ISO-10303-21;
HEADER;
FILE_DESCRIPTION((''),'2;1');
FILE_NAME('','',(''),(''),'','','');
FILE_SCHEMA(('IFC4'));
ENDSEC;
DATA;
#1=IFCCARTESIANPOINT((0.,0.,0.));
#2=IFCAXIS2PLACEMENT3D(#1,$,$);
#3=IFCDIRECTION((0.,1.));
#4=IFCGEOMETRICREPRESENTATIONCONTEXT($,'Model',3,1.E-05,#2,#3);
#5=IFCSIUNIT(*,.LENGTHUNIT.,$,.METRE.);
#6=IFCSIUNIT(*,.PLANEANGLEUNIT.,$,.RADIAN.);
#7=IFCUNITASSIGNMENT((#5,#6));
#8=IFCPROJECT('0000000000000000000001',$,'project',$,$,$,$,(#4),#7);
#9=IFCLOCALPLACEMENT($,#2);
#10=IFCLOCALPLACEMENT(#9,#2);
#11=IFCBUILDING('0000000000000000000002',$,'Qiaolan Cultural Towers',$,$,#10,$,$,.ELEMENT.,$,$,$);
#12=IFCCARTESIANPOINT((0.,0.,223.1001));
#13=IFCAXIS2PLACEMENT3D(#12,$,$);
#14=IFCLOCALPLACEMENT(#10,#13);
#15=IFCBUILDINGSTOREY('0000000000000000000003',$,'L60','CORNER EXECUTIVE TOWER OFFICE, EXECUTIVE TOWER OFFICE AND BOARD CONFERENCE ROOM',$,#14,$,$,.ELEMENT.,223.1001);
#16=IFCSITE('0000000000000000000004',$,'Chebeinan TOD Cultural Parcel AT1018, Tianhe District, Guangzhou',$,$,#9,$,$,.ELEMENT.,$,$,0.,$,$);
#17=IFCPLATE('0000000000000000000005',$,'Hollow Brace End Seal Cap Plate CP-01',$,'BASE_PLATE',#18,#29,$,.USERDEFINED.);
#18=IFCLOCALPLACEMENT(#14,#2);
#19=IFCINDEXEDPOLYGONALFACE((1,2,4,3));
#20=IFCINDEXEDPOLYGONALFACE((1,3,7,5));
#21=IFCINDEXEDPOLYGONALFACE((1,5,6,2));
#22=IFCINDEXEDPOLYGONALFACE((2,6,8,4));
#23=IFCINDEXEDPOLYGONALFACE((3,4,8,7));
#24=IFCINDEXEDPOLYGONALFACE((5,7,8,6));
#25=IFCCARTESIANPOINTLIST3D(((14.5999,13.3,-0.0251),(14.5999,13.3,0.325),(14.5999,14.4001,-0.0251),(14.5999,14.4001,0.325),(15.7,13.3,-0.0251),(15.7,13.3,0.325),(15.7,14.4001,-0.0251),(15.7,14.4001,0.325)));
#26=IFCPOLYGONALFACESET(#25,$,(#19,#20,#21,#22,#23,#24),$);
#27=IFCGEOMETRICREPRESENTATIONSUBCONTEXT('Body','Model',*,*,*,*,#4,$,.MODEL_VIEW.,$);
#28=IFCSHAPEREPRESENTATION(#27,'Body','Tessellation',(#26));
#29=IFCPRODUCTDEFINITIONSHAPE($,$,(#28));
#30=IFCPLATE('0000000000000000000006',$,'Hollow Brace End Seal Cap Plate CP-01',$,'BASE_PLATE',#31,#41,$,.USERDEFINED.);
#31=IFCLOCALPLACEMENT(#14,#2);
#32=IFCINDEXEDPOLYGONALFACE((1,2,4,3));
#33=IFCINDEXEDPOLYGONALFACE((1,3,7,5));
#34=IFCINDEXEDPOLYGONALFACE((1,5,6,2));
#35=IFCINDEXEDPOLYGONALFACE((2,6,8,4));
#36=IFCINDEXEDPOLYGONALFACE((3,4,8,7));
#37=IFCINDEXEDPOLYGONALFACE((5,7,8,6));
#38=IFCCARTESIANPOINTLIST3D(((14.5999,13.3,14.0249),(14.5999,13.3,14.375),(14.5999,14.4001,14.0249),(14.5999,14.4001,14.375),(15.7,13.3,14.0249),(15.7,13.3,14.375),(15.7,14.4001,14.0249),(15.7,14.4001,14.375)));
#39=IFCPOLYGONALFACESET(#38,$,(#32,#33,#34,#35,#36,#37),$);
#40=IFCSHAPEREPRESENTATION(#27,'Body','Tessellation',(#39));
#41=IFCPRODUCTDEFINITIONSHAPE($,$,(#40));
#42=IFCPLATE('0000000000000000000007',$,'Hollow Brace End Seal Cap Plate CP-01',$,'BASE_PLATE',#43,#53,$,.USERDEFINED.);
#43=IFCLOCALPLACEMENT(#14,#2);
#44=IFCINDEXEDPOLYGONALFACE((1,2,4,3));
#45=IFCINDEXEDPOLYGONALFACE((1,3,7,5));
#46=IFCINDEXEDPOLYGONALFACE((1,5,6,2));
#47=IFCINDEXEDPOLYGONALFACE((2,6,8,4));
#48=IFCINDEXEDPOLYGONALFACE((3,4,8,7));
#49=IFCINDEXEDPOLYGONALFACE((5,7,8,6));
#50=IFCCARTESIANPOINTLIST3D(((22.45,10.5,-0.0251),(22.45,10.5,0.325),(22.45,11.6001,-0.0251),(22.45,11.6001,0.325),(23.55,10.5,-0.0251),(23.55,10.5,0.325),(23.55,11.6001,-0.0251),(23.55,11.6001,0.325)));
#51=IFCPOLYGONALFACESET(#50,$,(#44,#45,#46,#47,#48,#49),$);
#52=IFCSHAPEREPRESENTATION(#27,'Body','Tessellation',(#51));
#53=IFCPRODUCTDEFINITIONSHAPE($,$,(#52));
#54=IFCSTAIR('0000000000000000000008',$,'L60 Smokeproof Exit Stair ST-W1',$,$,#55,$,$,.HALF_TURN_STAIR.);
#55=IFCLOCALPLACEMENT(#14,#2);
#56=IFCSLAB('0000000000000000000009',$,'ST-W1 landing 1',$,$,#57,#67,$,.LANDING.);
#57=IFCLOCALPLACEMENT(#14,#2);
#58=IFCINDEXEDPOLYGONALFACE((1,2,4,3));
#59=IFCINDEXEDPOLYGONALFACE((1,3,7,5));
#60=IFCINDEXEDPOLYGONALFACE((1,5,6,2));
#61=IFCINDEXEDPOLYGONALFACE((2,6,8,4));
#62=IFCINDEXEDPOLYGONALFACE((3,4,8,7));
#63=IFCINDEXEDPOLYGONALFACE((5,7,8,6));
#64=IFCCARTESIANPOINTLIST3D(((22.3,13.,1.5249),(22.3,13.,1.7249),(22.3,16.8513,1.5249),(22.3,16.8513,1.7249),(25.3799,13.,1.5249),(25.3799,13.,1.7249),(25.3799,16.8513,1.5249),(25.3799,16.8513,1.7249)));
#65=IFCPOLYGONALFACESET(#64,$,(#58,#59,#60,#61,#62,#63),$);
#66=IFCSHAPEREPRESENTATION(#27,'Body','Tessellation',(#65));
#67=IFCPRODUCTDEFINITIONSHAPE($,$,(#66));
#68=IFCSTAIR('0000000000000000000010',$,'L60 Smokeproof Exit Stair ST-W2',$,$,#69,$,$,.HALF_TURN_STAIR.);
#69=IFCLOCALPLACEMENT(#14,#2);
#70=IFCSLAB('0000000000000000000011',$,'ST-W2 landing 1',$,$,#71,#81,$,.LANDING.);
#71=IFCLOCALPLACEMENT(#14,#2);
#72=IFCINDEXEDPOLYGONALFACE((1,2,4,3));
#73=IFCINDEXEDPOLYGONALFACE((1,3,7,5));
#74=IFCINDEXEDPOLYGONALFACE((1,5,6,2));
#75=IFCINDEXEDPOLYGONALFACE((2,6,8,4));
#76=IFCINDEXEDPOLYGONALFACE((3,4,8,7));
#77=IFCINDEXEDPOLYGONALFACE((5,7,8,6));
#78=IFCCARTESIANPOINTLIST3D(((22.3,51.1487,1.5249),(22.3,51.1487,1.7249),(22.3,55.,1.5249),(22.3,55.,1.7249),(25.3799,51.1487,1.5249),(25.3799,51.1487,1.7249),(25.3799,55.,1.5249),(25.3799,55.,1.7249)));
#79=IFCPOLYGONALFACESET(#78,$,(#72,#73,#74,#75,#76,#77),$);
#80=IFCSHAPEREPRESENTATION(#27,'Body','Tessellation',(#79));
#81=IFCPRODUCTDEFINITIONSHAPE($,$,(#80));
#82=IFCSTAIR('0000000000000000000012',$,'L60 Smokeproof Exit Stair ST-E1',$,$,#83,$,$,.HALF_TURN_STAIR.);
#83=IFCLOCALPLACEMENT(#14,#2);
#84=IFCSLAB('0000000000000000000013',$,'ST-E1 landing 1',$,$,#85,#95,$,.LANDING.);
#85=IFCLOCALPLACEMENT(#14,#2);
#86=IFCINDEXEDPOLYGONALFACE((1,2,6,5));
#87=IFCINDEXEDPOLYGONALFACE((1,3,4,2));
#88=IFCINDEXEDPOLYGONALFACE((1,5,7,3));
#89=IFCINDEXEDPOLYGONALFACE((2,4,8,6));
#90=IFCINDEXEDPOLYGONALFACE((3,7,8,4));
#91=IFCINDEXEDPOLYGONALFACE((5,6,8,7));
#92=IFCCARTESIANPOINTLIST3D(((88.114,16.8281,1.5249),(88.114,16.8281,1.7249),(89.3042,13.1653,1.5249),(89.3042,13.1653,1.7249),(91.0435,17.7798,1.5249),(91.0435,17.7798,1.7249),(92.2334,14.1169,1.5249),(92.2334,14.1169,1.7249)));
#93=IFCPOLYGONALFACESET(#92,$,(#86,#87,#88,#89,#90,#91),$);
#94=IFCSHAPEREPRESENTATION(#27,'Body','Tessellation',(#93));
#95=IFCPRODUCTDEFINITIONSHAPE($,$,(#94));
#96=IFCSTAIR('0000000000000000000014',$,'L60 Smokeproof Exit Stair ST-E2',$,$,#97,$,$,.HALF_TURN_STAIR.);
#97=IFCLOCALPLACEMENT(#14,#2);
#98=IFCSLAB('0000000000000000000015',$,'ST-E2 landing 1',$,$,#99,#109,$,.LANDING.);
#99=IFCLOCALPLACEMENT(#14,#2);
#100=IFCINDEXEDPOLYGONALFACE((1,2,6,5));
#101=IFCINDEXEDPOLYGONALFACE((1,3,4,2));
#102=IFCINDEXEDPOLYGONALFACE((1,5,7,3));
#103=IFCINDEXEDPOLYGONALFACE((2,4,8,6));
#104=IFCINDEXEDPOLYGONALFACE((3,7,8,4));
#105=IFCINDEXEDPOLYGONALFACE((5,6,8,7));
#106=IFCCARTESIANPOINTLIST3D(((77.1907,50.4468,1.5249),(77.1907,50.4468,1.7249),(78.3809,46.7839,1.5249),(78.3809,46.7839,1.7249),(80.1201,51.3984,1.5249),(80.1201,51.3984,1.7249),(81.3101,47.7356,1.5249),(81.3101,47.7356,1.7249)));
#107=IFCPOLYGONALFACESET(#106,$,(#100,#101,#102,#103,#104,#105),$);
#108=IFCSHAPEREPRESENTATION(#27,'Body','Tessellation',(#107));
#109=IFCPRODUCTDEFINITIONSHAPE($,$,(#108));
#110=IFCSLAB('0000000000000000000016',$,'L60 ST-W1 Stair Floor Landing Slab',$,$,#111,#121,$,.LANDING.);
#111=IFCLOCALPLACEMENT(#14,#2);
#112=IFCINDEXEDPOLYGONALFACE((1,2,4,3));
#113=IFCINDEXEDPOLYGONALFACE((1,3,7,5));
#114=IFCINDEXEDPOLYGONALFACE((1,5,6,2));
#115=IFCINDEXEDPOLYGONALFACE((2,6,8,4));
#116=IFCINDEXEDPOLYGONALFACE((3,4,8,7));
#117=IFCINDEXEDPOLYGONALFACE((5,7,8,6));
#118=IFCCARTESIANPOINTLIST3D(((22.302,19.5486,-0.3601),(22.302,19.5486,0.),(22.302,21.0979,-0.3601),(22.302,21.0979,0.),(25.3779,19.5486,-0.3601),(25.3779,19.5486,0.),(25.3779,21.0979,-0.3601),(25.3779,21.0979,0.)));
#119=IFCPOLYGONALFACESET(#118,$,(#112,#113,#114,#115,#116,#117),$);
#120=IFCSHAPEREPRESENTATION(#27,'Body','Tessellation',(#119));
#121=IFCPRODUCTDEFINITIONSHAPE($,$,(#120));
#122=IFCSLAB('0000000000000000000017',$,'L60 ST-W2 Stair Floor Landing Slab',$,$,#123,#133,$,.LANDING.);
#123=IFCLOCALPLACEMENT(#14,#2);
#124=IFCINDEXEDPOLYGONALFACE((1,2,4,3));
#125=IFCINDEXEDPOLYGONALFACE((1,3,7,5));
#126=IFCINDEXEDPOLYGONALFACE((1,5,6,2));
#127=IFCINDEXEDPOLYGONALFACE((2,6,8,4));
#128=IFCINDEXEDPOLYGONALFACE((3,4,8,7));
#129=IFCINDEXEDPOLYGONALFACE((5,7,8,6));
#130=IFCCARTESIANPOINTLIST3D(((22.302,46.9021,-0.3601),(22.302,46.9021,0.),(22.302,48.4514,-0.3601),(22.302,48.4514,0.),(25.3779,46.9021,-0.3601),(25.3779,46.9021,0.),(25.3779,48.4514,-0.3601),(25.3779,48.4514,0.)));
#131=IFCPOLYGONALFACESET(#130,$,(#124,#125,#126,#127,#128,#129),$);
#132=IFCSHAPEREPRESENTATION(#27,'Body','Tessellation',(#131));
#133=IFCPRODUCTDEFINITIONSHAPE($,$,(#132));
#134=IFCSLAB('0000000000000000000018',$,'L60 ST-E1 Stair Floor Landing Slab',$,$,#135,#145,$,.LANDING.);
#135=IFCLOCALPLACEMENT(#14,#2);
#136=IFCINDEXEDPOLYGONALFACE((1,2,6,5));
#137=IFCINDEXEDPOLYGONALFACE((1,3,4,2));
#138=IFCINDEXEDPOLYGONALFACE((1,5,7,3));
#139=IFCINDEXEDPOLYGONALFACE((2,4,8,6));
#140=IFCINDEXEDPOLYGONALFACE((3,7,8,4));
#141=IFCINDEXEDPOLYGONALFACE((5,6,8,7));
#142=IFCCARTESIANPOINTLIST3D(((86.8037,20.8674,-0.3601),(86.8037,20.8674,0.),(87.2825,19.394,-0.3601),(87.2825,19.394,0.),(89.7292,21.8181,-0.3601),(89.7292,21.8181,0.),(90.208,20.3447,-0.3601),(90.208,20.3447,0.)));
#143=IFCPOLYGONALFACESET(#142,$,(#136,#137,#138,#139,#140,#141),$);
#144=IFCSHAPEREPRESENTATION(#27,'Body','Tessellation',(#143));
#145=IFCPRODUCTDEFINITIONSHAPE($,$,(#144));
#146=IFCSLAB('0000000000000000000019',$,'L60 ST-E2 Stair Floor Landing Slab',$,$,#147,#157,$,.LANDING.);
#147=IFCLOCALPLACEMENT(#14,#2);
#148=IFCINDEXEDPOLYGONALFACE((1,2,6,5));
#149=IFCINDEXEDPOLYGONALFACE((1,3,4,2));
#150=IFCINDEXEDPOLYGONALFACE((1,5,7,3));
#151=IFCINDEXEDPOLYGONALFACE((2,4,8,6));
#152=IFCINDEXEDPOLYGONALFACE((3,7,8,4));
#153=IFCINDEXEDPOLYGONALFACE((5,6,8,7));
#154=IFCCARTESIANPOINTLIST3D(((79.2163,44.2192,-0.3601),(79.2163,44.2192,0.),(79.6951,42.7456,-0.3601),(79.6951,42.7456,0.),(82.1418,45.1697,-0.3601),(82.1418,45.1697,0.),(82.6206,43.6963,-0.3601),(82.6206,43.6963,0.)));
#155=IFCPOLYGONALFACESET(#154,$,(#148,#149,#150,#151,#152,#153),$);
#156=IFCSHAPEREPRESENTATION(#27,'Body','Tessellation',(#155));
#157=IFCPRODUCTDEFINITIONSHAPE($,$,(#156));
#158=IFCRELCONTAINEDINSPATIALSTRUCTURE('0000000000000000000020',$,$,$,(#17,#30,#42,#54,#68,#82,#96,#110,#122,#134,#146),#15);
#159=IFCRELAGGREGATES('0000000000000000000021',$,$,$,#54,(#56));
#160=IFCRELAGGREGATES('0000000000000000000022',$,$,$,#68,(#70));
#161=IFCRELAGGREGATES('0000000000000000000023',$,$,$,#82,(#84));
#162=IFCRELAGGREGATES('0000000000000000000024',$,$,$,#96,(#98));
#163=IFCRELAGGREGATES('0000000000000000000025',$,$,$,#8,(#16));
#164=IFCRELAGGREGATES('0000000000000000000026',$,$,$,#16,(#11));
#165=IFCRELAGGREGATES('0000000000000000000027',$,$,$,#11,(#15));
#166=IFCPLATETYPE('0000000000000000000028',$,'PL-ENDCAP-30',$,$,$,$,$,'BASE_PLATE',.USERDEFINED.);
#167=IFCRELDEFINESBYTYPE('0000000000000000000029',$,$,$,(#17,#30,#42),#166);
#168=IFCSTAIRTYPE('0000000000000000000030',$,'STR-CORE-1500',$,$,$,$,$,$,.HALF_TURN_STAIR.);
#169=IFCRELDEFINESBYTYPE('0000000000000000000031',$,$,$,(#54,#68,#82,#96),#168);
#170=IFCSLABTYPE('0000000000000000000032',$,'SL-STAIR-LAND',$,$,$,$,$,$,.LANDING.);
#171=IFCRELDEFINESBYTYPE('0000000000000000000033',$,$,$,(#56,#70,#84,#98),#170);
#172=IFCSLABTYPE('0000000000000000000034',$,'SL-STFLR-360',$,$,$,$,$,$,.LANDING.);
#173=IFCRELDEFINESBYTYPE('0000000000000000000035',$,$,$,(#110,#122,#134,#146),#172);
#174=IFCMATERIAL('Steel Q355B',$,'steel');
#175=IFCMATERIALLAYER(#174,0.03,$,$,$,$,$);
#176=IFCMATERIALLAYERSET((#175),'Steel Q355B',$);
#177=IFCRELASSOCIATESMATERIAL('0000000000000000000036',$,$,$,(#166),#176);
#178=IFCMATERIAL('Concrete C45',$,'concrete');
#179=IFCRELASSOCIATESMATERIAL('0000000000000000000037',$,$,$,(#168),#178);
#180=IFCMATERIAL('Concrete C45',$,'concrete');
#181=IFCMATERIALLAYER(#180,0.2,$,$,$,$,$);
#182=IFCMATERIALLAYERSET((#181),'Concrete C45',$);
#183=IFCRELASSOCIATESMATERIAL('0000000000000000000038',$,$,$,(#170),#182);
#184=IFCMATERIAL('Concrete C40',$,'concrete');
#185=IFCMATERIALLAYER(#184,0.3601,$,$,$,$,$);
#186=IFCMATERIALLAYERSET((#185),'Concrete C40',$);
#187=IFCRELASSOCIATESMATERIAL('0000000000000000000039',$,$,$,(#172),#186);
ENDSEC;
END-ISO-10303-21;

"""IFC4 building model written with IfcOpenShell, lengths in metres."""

from ifc_helpers import new_model, si_unit, direction, frame, origin, origin_2d, place, context, subcontext, project, spatial, polyline, rectangle, outline, extrude, material, layer, layer_set, type_object, element, aggregate, save


model = new_model("IFC4")

# Units and contexts
model_context = context("Model", 3, precision=1e-05, world=origin(), true_north=direction((0.0, 1.0)))
body_context = subcontext(model_context, "Body", "Model", "MODEL_VIEW")
ifc_project = project(units=[si_unit("LENGTHUNIT", "METRE"), si_unit("PLANEANGLEUNIT", "RADIAN")], contexts=[model_context])

# Site, building, storey
site_placement = place(None, origin())
site = spatial("IfcSite", under=ifc_project, at=site_placement, Name="Chebeinan TOD Cultural Parcel AT1018, Tianhe District, Guangzhou", CompositionType="ELEMENT", RefElevation=0.0)
building_placement = place(site_placement, origin())
building = spatial("IfcBuilding", under=site, at=building_placement, Name="Qiaolan Cultural Towers", CompositionType="ELEMENT")
storey_placement = place(building_placement, frame((0.0, 0.0, 223.1001)))
storey = spatial("IfcBuildingStorey", under=building, at=storey_placement, Name="L60", Description="CORNER EXECUTIVE TOWER OFFICE, EXECUTIVE TOWER OFFICE AND BOARD CONFERENCE ROOM", CompositionType="ELEMENT", Elevation=223.1001)

# Plates
ifc_material_1 = material(Name="Steel Q355B", Category="steel")
ifc_layer_1 = layer(ifc_material_1, 0.03)
ifc_layer_set_1 = layer_set([ifc_layer_1], Name="Steel Q355B")
plate_type = type_object("IfcPlateType", Name="PL-ENDCAP-30", ElementType="BASE_PLATE", PredefinedType="USERDEFINED", material=ifc_layer_set_1)
for number, where, z_axis, x_axis, name in (
    (1, (15.1499, 13.8501, -0.0251), (0.0, 0.0, 1.0), (0.0, 1.0, 0.0), "Hollow Brace End Seal Cap Plate CP-01"),
    (2, (15.1499, 13.8501, 14.0249), (0.0, 0.0, 1.0), (0.0, 1.0, 0.0), "Hollow Brace End Seal Cap Plate CP-01"),
    (3, (23.0, 11.05, -0.0251), (0.0, 0.0, 1.0), (1.0, 0.0, 0.0), "Hollow Brace End Seal Cap Plate CP-01"),
):
    element("IfcPlate", number, at=place(storey_placement, frame(where, z_axis=z_axis, x_axis=x_axis)), inside=storey, type_object=plate_type, Name=name, ObjectType="BASE_PLATE", PredefinedType="USERDEFINED", context=body_context, shape_type="SweptSolid", body=[
        extrude(rectangle(XDim=1.1001, YDim=1.1001, at=origin_2d()), origin(), (0.0, 0.0, 1.0), 0.3501),
    ])

# Stairs, slabs
ifc_material_2 = material(Name="Concrete C45", Category="concrete")
stair_type = type_object("IfcStairType", Name="STR-CORE-1500", PredefinedType="HALF_TURN_STAIR", material=ifc_material_2)
stair_1_placement = place(storey_placement, origin())
stair_1 = element("IfcStair", 4, at=stair_1_placement, inside=storey, type_object=stair_type, Name="L60 Smokeproof Exit Stair ST-W1", PredefinedType="HALF_TURN_STAIR")
ifc_material_3 = material(Name="Concrete C45", Category="concrete")
ifc_layer_2 = layer(ifc_material_3, 0.2)
ifc_layer_set_2 = layer_set([ifc_layer_2], Name="Concrete C45")
slab_type_1 = type_object("IfcSlabType", Name="SL-STAIR-LAND", PredefinedType="LANDING", material=ifc_layer_set_2)
slab_1_placement = place(storey_placement, frame((0.0, 0.0, 1.5249)))
slab_1 = element("IfcSlab", 5, at=slab_1_placement, type_object=slab_type_1, Name="ST-W1 landing 1", PredefinedType="LANDING", context=body_context, shape_type="SweptSolid", body=[
    extrude(outline(polyline([(22.3, 16.8513), (22.3, 13.0), (25.3799, 13.0), (25.3799, 16.8513), (22.3, 16.8513)])), origin(), (0.0, 0.0, 1.0), 0.2),
])
aggregate(stair_1, [slab_1])
stair_2_placement = place(storey_placement, origin())
stair_2 = element("IfcStair", 6, at=stair_2_placement, inside=storey, type_object=stair_type, Name="L60 Smokeproof Exit Stair ST-W2", PredefinedType="HALF_TURN_STAIR")
slab_2_placement = place(storey_placement, frame((0.0, 0.0, 1.5249)))
slab_2 = element("IfcSlab", 7, at=slab_2_placement, type_object=slab_type_1, Name="ST-W2 landing 1", PredefinedType="LANDING", context=body_context, shape_type="SweptSolid", body=[
    extrude(outline(polyline([(25.3799, 51.1487), (25.3799, 55.0), (22.3, 55.0), (22.3, 51.1487), (25.3799, 51.1487)])), origin(), (0.0, 0.0, 1.0), 0.2),
])
aggregate(stair_2, [slab_2])
stair_3_placement = place(storey_placement, origin())
stair_3 = element("IfcStair", 8, at=stair_3_placement, inside=storey, type_object=stair_type, Name="L60 Smokeproof Exit Stair ST-E1", PredefinedType="HALF_TURN_STAIR")
slab_3_placement = place(storey_placement, frame((0.0, 0.0, 1.5249)))
slab_3 = element("IfcSlab", 9, at=slab_3_placement, type_object=slab_type_1, Name="ST-E1 landing 1", PredefinedType="LANDING", context=body_context, shape_type="SweptSolid", body=[
    extrude(outline(polyline([(88.114, 16.8281), (89.3042, 13.1653), (92.2334, 14.1169), (91.0435, 17.7798), (88.114, 16.8281)])), origin(), (0.0, 0.0, 1.0), 0.2),
])
aggregate(stair_3, [slab_3])
stair_4_placement = place(storey_placement, origin())
stair_4 = element("IfcStair", 10, at=stair_4_placement, inside=storey, type_object=stair_type, Name="L60 Smokeproof Exit Stair ST-E2", PredefinedType="HALF_TURN_STAIR")
slab_4_placement = place(storey_placement, frame((0.0, 0.0, 1.5249)))
slab_4 = element("IfcSlab", 11, at=slab_4_placement, type_object=slab_type_1, Name="ST-E2 landing 1", PredefinedType="LANDING", context=body_context, shape_type="SweptSolid", body=[
    extrude(outline(polyline([(81.3101, 47.7356), (80.1201, 51.3984), (77.1907, 50.4468), (78.3809, 46.7839), (81.3101, 47.7356)])), origin(), (0.0, 0.0, 1.0), 0.2),
])
aggregate(stair_4, [slab_4])

# Slabs
ifc_material_4 = material(Name="Concrete C40", Category="concrete")
ifc_layer_3 = layer(ifc_material_4, 0.3601)
ifc_layer_set_3 = layer_set([ifc_layer_3], Name="Concrete C40")
slab_type_2 = type_object("IfcSlabType", Name="SL-STFLR-360", PredefinedType="LANDING", material=ifc_layer_set_3)
slab_5_placement = place(storey_placement, frame((0.0, 0.0, -0.3601)))
element("IfcSlab", 12, at=slab_5_placement, inside=storey, type_object=slab_type_2, Name="L60 ST-W1 Stair Floor Landing Slab", PredefinedType="LANDING", context=body_context, shape_type="SweptSolid", body=[
    extrude(outline(polyline([(22.302, 21.0979), (22.302, 19.5486), (25.3779, 19.5486), (25.3779, 21.0979), (22.302, 21.0979)])), origin(), (0.0, 0.0, 1.0), 0.3601),
])
slab_6_placement = place(storey_placement, frame((0.0, 0.0, -0.3601)))
element("IfcSlab", 13, at=slab_6_placement, inside=storey, type_object=slab_type_2, Name="L60 ST-W2 Stair Floor Landing Slab", PredefinedType="LANDING", context=body_context, shape_type="SweptSolid", body=[
    extrude(outline(polyline([(25.3779, 46.9021), (25.3779, 48.4514), (22.302, 48.4514), (22.302, 46.9021), (25.3779, 46.9021)])), origin(), (0.0, 0.0, 1.0), 0.3601),
])
slab_7_placement = place(storey_placement, frame((0.0, 0.0, -0.3601)))
element("IfcSlab", 14, at=slab_7_placement, inside=storey, type_object=slab_type_2, Name="L60 ST-E1 Stair Floor Landing Slab", PredefinedType="LANDING", context=body_context, shape_type="SweptSolid", body=[
    extrude(outline(polyline([(86.8037, 20.8674), (87.2825, 19.394), (90.208, 20.3447), (89.7292, 21.8181), (86.8037, 20.8674)])), origin(), (0.0, 0.0, 1.0), 0.3601),
])
slab_8_placement = place(storey_placement, frame((0.0, 0.0, -0.3601)))
element("IfcSlab", 15, at=slab_8_placement, inside=storey, type_object=slab_type_2, Name="L60 ST-E2 Stair Floor Landing Slab", PredefinedType="LANDING", context=body_context, shape_type="SweptSolid", body=[
    extrude(outline(polyline([(82.6206, 43.6963), (82.1418, 45.1697), (79.2163, 44.2192), (79.6951, 42.7456), (82.6206, 43.6963)])), origin(), (0.0, 0.0, 1.0), 0.3601),
])

save(model, "model.ifc")
